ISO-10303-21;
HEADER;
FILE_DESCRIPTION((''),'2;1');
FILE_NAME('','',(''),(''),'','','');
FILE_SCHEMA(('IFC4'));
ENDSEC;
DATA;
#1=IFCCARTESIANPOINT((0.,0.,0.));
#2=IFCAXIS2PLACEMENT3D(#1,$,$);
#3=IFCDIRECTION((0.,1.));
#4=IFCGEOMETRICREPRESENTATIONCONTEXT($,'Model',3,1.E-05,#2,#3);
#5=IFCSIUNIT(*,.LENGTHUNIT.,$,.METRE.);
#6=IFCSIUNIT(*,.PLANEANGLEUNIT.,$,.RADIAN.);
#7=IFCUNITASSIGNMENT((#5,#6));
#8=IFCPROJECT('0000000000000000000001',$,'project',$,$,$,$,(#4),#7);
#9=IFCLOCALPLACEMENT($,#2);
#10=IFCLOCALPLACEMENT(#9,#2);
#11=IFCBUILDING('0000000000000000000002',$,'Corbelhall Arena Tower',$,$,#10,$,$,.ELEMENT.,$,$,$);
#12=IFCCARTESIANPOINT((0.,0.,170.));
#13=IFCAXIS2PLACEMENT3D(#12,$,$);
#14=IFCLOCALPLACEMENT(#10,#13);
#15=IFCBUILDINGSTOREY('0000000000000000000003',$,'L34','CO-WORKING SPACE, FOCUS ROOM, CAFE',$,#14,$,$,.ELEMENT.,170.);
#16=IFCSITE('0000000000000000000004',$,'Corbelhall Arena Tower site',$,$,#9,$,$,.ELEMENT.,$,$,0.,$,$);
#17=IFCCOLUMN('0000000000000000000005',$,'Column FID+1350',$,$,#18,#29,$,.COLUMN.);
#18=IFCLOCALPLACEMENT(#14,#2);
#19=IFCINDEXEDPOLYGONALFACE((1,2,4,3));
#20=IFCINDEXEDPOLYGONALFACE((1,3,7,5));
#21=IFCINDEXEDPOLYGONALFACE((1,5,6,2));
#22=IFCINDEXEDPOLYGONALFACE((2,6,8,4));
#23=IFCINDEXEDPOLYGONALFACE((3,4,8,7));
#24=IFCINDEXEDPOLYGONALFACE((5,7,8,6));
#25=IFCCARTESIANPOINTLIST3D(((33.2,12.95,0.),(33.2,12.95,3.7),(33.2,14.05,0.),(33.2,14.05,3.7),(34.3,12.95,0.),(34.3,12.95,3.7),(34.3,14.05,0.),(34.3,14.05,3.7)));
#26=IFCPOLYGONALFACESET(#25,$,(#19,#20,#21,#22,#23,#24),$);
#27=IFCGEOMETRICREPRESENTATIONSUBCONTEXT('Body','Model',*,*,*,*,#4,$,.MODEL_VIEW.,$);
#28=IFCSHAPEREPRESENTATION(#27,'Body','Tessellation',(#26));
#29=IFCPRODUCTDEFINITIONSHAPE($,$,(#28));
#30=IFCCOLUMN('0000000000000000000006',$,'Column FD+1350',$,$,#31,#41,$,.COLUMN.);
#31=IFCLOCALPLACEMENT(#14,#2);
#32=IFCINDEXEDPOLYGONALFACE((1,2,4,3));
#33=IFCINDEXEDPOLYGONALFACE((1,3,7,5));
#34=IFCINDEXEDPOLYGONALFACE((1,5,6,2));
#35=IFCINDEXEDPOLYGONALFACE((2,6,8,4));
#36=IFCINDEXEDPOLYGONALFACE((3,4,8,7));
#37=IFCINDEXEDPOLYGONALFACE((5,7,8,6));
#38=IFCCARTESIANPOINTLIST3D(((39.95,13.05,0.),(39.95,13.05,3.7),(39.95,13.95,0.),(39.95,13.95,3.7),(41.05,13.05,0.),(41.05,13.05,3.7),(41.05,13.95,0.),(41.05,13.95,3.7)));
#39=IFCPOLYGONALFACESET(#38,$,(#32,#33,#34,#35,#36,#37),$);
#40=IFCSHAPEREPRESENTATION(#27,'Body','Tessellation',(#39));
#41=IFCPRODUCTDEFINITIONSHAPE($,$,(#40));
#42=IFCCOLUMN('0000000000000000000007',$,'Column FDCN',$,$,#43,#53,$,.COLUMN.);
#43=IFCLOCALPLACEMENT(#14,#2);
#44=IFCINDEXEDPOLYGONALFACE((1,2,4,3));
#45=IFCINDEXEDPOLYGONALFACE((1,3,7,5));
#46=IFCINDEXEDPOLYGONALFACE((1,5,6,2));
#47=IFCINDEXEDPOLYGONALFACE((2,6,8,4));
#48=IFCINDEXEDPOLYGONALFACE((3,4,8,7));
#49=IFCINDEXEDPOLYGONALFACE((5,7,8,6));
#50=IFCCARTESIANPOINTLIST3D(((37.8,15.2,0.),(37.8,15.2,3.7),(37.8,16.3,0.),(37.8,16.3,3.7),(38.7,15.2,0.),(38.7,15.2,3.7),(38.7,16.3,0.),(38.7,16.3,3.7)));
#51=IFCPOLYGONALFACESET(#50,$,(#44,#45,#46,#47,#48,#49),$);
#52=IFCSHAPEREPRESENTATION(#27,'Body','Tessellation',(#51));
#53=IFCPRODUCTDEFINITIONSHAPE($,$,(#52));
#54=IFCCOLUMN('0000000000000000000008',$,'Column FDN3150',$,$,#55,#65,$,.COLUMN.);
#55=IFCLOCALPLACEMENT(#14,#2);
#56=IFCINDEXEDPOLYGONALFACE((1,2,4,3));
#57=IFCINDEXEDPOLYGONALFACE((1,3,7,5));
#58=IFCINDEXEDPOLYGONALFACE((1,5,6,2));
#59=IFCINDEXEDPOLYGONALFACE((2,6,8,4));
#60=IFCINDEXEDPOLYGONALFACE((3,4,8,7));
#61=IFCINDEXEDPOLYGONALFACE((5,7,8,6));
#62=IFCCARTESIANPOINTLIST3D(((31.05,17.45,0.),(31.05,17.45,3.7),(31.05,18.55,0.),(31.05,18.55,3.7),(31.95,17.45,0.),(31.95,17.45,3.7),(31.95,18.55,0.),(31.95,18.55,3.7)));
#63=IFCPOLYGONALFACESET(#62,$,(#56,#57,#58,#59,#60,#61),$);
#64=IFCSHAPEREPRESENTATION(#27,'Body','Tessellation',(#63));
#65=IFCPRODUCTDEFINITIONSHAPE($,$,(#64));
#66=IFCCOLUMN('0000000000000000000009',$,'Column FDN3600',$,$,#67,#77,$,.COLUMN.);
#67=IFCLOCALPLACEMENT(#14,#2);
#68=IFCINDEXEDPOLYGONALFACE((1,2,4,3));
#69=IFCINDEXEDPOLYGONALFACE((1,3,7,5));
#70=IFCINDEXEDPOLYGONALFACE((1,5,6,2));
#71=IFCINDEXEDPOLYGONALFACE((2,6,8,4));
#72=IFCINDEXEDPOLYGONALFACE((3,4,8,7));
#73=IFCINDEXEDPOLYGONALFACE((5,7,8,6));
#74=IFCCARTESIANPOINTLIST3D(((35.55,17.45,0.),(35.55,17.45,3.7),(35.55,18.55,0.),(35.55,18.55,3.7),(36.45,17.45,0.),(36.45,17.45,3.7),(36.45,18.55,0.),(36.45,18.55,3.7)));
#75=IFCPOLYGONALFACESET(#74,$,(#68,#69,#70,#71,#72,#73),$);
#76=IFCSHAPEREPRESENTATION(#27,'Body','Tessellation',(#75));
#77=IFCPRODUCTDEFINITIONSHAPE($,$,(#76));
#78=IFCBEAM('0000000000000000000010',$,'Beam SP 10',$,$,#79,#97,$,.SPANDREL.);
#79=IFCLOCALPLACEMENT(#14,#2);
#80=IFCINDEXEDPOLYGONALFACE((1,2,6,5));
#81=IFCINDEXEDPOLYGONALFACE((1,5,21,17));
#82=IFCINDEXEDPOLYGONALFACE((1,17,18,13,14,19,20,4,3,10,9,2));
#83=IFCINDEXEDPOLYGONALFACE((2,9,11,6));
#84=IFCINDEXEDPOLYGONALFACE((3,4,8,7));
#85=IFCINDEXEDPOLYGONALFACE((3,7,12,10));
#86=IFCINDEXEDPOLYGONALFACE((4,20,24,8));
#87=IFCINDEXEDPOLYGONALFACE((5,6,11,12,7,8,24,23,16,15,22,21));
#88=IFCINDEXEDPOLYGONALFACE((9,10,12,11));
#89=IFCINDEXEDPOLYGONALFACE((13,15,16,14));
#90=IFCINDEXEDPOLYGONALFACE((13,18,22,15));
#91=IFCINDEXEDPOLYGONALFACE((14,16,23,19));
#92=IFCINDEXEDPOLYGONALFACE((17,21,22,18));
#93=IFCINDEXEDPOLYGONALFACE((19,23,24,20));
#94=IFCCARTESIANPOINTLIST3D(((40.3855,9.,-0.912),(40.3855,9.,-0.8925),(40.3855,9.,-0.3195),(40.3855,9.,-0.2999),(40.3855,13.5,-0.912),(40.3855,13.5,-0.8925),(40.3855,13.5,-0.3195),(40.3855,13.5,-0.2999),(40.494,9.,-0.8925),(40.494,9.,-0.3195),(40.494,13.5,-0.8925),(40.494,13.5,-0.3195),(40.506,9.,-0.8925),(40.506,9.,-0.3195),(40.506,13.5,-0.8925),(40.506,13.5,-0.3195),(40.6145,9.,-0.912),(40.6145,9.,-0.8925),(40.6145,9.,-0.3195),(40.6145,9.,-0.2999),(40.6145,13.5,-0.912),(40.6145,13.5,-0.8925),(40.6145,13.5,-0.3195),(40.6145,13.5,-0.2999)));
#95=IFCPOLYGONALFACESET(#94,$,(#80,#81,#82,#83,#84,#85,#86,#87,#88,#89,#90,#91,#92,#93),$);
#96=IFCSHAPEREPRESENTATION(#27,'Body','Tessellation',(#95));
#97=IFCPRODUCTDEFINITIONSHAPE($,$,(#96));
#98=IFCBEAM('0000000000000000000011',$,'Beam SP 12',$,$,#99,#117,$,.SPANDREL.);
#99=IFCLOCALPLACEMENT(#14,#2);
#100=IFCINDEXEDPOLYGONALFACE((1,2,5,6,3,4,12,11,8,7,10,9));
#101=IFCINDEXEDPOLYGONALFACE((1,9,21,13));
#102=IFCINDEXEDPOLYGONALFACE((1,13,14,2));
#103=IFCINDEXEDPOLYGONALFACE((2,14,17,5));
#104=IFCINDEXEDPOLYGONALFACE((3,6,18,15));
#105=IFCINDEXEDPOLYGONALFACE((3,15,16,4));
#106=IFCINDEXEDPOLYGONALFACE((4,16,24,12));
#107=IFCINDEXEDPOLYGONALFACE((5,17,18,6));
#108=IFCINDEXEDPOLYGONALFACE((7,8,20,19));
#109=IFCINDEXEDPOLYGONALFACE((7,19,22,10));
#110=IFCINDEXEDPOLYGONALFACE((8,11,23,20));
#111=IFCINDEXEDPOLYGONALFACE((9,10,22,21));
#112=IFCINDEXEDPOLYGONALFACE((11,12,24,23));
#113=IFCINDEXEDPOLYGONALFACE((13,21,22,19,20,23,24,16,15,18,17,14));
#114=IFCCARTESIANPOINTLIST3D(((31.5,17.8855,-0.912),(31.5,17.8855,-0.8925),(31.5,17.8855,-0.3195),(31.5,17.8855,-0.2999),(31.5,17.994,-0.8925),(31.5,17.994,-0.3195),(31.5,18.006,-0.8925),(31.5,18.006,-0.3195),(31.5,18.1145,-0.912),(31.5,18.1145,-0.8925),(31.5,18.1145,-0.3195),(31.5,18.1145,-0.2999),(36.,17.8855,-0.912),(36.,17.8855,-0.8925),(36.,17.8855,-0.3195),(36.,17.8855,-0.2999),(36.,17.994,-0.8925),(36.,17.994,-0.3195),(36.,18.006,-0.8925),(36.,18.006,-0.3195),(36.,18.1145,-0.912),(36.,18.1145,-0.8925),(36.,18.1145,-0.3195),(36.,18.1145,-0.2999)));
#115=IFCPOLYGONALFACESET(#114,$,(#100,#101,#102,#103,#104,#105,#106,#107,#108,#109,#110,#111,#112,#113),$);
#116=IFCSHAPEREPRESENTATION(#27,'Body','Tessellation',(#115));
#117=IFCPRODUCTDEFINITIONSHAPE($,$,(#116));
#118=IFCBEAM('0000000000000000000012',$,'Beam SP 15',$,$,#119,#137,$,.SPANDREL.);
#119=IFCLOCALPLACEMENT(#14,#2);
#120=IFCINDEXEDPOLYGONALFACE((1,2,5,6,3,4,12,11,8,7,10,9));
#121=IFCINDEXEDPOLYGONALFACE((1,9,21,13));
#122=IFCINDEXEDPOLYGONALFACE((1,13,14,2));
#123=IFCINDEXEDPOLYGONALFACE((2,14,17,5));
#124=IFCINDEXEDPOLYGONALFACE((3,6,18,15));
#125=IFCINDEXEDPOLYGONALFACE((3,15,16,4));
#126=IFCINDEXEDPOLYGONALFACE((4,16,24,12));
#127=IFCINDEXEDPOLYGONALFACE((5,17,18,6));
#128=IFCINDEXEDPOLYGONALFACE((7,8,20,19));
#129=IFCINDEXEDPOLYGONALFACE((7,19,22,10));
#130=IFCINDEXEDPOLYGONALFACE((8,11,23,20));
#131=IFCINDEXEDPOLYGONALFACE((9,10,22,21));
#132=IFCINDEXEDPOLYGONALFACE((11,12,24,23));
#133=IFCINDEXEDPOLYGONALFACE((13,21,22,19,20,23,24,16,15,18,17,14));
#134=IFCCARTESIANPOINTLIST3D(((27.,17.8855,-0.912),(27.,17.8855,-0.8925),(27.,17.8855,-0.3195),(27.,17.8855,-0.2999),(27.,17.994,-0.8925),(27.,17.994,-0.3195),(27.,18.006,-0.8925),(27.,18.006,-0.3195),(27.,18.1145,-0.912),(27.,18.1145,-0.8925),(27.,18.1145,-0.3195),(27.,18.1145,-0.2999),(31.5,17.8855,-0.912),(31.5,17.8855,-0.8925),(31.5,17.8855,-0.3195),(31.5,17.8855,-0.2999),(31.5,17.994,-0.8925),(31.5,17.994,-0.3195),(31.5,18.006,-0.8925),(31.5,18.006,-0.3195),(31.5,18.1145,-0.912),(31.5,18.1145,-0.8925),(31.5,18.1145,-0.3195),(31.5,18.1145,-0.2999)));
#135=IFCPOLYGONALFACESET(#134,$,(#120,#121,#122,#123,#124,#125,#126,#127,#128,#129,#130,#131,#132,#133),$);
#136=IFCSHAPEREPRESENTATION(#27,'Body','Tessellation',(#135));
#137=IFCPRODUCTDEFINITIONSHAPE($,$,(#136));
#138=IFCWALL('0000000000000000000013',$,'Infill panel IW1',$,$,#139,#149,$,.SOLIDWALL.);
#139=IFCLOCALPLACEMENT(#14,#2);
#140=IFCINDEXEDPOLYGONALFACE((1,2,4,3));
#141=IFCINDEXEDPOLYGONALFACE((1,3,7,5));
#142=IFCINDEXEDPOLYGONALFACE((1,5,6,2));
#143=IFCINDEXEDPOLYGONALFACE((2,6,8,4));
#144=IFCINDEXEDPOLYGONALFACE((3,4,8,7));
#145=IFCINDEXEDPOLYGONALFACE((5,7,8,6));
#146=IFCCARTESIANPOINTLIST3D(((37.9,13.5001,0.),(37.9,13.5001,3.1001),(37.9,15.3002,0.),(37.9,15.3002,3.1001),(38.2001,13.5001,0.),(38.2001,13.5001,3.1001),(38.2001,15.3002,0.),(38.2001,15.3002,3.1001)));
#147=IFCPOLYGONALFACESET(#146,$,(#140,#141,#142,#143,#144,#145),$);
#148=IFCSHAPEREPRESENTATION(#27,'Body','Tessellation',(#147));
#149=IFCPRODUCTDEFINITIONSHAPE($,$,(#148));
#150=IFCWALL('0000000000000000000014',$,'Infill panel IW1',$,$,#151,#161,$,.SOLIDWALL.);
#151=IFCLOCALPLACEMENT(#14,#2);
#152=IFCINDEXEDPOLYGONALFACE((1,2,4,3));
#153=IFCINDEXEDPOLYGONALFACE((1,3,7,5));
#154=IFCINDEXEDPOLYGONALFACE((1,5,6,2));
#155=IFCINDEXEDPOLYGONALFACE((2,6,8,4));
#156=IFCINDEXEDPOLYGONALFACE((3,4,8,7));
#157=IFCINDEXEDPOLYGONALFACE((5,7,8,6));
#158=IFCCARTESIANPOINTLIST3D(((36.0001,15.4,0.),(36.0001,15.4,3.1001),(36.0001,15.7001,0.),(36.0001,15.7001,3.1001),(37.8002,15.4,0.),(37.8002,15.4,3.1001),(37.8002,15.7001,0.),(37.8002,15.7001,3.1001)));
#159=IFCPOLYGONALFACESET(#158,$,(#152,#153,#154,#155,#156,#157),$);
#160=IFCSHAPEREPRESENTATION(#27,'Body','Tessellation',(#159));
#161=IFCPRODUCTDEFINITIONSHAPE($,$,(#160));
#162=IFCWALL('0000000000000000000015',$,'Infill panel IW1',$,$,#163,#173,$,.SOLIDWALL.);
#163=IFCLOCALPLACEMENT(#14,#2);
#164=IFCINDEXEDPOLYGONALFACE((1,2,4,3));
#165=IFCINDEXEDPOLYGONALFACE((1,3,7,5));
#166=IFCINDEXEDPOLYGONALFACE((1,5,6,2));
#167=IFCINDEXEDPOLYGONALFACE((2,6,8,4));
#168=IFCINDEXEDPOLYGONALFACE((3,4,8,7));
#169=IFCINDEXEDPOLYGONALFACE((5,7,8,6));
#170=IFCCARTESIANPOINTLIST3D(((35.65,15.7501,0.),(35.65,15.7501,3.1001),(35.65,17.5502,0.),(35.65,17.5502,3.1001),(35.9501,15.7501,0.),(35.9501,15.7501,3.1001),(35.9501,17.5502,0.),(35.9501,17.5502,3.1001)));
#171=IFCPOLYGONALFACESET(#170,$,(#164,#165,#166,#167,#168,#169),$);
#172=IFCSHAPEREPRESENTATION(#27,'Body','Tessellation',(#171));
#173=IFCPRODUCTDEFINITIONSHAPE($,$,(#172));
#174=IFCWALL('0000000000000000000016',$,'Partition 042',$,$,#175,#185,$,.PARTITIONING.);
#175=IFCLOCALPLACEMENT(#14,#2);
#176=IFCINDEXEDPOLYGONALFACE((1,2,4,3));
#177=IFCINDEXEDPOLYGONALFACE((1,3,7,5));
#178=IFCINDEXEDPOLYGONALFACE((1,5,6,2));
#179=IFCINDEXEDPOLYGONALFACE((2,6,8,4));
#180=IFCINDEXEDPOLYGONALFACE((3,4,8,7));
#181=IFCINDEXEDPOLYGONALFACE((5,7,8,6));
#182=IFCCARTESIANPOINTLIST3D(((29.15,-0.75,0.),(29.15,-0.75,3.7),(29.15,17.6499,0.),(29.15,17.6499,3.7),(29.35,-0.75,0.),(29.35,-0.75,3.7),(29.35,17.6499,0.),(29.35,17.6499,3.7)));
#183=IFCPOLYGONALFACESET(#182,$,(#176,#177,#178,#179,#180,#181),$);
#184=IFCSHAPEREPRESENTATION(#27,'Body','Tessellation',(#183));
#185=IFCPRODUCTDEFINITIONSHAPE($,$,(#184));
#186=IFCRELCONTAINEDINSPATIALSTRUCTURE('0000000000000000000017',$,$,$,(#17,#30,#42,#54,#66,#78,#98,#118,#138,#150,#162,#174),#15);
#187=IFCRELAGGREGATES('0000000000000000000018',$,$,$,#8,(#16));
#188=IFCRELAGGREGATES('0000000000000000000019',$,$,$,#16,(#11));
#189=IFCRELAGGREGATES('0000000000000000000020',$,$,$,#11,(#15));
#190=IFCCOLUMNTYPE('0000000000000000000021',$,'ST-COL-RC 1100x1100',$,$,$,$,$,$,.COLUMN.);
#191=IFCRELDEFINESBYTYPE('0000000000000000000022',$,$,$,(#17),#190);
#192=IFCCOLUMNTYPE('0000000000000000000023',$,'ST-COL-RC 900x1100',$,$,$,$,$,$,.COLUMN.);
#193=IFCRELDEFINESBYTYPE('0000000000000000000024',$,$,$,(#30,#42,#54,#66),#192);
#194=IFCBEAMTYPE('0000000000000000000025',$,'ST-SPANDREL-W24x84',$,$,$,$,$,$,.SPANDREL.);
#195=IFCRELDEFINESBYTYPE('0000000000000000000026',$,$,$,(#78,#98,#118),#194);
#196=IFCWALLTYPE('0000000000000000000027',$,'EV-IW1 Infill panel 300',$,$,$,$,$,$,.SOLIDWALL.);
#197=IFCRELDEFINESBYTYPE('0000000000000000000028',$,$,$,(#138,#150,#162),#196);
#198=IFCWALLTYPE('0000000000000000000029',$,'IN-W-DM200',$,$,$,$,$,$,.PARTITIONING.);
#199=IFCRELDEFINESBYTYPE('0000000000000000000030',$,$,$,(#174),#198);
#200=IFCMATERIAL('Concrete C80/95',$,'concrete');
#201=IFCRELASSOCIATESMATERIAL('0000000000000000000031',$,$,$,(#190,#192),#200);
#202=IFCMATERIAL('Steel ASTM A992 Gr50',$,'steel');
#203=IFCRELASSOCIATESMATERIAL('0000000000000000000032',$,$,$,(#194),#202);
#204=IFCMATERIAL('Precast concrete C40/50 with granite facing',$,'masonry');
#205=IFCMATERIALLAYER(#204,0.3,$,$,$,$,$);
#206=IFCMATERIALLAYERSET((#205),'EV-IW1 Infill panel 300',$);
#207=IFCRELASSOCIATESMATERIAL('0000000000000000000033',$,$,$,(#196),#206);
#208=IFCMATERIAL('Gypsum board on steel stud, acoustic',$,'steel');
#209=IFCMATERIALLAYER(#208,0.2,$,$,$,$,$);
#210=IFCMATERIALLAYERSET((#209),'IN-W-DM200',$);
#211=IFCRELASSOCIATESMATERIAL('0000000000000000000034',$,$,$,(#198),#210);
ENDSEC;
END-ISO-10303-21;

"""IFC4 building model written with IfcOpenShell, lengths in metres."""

from ifc_helpers import new_model, si_unit, direction, frame, frame_2d, origin, origin_2d, place, context, subcontext, project, spatial, rectangle, i_section, extrude, material, layer, layer_set, material_profile, profile_set, type_object, element, save


model = new_model("IFC4")

# Units and contexts
model_context = context("Model", 3, precision=1e-05, world=origin(), true_north=direction((0.0, 1.0)))
body_context = subcontext(model_context, "Body", "Model", "MODEL_VIEW")
ifc_project = project(units=[si_unit("LENGTHUNIT", "METRE"), si_unit("PLANEANGLEUNIT", "RADIAN")], contexts=[model_context])

# Site, building, storey
site_placement = place(None, origin())
site = spatial("IfcSite", under=ifc_project, at=site_placement, Name="Corbelhall Arena Tower site", CompositionType="ELEMENT", RefElevation=0.0)
building_placement = place(site_placement, origin())
building = spatial("IfcBuilding", under=site, at=building_placement, Name="Corbelhall Arena Tower", CompositionType="ELEMENT")
storey_placement = place(building_placement, frame((0.0, 0.0, 170.0)))
storey = spatial("IfcBuildingStorey", under=building, at=storey_placement, Name="L34", Description="CO-WORKING SPACE, FOCUS ROOM, CAFE", CompositionType="ELEMENT", Elevation=170.0)

# Columns
ifc_material_1 = material(Name="Concrete C80/95", Category="concrete")
ifc_material_profile_1 = material_profile(ifc_material_1, rectangle(XDim=1.1001, YDim=1.1001, at=origin_2d()))
ifc_profile_set_1 = profile_set([ifc_material_profile_1], Name="Concrete C80/95")
column_type_1 = type_object("IfcColumnType", Name="ST-COL-RC 1100x1100", PredefinedType="COLUMN", material=ifc_profile_set_1)
column_placement = place(storey_placement, frame((33.75, 13.5, 0.0), z_axis=(0.0, 0.0, 1.0), x_axis=(1.0, 0.0, 0.0)))
element("IfcColumn", 1, at=column_placement, inside=storey, type_object=column_type_1, Name="Column FID+1350", PredefinedType="COLUMN", context=body_context, shape_type="SweptSolid", body=[
    extrude(rectangle(XDim=1.1001, YDim=1.1001, at=origin_2d()), origin(), (0.0, 0.0, 1.0), 3.7),
])
ifc_material_profile_2 = material_profile(ifc_material_1, rectangle(XDim=0.8999, YDim=1.1001, at=origin_2d()))
ifc_profile_set_2 = profile_set([ifc_material_profile_2], Name="Concrete C80/95")
column_type_2 = type_object("IfcColumnType", Name="ST-COL-RC 900x1100", PredefinedType="COLUMN", material=ifc_profile_set_2)
for number, where, z_axis, x_axis, name in (
    (2, (40.5, 13.5, 0.0), (0.0, 0.0, 1.0), (0.0, 1.0, 0.0), "Column FD+1350"),
    (3, (38.25, 15.75, 0.0), (0.0, 0.0, 1.0), (1.0, 0.0, 0.0), "Column FDCN"),
    (4, (31.5, 18.0, 0.0), (0.0, 0.0, 1.0), (1.0, 0.0, 0.0), "Column FDN3150"),
    (5, (36.0, 18.0, 0.0), (0.0, 0.0, 1.0), (1.0, 0.0, 0.0), "Column FDN3600"),
):
    element("IfcColumn", number, at=place(storey_placement, frame(where, z_axis=z_axis, x_axis=x_axis)), inside=storey, type_object=column_type_2, Name=name, PredefinedType="COLUMN", context=body_context, shape_type="SweptSolid", body=[
        extrude(rectangle(XDim=0.8999, YDim=1.1001, at=origin_2d()), origin(), (0.0, 0.0, 1.0), 3.7),
    ])

# Beams
ifc_material_2 = material(Name="Steel ASTM A992 Gr50", Category="steel")
ifc_material_profile_3 = material_profile(ifc_material_2, i_section(OverallWidth=0.229, OverallDepth=0.6121, WebThickness=0.012, FlangeThickness=0.0195, at=origin_2d()))
ifc_profile_set_3 = profile_set([ifc_material_profile_3], Name="Steel ASTM A992 Gr50")
beam_type = type_object("IfcBeamType", Name="ST-SPANDREL-W24x84", PredefinedType="SPANDREL", material=ifc_profile_set_3)
for number, where, z_axis, x_axis, name in (
    (6, (40.5, 13.5, -0.606), (0.0, -1.0, 0.0), (1.0, 0.0, 0.0), "Beam SP 10"),
    (7, (31.5, 18.0, -0.606), (1.0, 0.0, 0.0), (0.0, 1.0, 0.0), "Beam SP 12"),
    (8, (27.0, 18.0, -0.606), (1.0, 0.0, 0.0), (0.0, 1.0, 0.0), "Beam SP 15"),
):
    element("IfcBeam", number, at=place(storey_placement, frame(where, z_axis=z_axis, x_axis=x_axis)), inside=storey, type_object=beam_type, Name=name, PredefinedType="SPANDREL", context=body_context, shape_type="SweptSolid", body=[
        extrude(i_section(OverallWidth=0.229, OverallDepth=0.6121, WebThickness=0.012, FlangeThickness=0.0195, at=origin_2d()), origin(), (0.0, 0.0, 1.0), 4.5),
    ])

# Walls
ifc_material_3 = material(Name="Precast concrete C40/50 with granite facing", Category="masonry")
ifc_layer_1 = layer(ifc_material_3, 0.3)
ifc_layer_set_1 = layer_set([ifc_layer_1], Name="EV-IW1 Infill panel 300")
wall_type_1 = type_object("IfcWallType", Name="EV-IW1 Infill panel 300", PredefinedType="SOLIDWALL", material=ifc_layer_set_1)
for number, where, z_axis, x_axis, name in (
    (9, (38.05, 15.3, 0.0), (0.0, 0.0, 1.0), (0.0, -1.0, 0.0), "Infill panel IW1"),
    (10, (37.8, 15.55, 0.0), (0.0, 0.0, 1.0), (-1.0, 0.0, 0.0), "Infill panel IW1"),
    (11, (35.8, 17.55, 0.0), (0.0, 0.0, 1.0), (0.0, -1.0, 0.0), "Infill panel IW1"),
):
    element("IfcWall", number, at=place(storey_placement, frame(where, z_axis=z_axis, x_axis=x_axis)), inside=storey, type_object=wall_type_1, Name=name, PredefinedType="SOLIDWALL", context=body_context, shape_type="SweptSolid", body=[
        extrude(rectangle(XDim=1.8, YDim=0.3, at=frame_2d((0.8999, 0.0))), origin(), (0.0, 0.0, 1.0), 3.1001),
    ])

# Wall
ifc_material_4 = material(Name="Gypsum board on steel stud, acoustic", Category="steel")
ifc_layer_2 = layer(ifc_material_4, 0.2)
ifc_layer_set_2 = layer_set([ifc_layer_2], Name="IN-W-DM200")
wall_type_2 = type_object("IfcWallType", Name="IN-W-DM200", PredefinedType="PARTITIONING", material=ifc_layer_set_2)
wall_1_placement = place(storey_placement, frame((29.25, 17.6499, 0.0), z_axis=(0.0, 0.0, 1.0), x_axis=(0.0, -1.0, 0.0)))
element("IfcWall", 12, at=wall_1_placement, inside=storey, type_object=wall_type_2, Name="Partition 042", PredefinedType="PARTITIONING", context=body_context, shape_type="SweptSolid", body=[
    extrude(rectangle(XDim=18.3999, YDim=0.2, at=frame_2d((9.2, 0.0))), origin(), (0.0, 0.0, 1.0), 3.7),
])

save(model, "model.ifc")
